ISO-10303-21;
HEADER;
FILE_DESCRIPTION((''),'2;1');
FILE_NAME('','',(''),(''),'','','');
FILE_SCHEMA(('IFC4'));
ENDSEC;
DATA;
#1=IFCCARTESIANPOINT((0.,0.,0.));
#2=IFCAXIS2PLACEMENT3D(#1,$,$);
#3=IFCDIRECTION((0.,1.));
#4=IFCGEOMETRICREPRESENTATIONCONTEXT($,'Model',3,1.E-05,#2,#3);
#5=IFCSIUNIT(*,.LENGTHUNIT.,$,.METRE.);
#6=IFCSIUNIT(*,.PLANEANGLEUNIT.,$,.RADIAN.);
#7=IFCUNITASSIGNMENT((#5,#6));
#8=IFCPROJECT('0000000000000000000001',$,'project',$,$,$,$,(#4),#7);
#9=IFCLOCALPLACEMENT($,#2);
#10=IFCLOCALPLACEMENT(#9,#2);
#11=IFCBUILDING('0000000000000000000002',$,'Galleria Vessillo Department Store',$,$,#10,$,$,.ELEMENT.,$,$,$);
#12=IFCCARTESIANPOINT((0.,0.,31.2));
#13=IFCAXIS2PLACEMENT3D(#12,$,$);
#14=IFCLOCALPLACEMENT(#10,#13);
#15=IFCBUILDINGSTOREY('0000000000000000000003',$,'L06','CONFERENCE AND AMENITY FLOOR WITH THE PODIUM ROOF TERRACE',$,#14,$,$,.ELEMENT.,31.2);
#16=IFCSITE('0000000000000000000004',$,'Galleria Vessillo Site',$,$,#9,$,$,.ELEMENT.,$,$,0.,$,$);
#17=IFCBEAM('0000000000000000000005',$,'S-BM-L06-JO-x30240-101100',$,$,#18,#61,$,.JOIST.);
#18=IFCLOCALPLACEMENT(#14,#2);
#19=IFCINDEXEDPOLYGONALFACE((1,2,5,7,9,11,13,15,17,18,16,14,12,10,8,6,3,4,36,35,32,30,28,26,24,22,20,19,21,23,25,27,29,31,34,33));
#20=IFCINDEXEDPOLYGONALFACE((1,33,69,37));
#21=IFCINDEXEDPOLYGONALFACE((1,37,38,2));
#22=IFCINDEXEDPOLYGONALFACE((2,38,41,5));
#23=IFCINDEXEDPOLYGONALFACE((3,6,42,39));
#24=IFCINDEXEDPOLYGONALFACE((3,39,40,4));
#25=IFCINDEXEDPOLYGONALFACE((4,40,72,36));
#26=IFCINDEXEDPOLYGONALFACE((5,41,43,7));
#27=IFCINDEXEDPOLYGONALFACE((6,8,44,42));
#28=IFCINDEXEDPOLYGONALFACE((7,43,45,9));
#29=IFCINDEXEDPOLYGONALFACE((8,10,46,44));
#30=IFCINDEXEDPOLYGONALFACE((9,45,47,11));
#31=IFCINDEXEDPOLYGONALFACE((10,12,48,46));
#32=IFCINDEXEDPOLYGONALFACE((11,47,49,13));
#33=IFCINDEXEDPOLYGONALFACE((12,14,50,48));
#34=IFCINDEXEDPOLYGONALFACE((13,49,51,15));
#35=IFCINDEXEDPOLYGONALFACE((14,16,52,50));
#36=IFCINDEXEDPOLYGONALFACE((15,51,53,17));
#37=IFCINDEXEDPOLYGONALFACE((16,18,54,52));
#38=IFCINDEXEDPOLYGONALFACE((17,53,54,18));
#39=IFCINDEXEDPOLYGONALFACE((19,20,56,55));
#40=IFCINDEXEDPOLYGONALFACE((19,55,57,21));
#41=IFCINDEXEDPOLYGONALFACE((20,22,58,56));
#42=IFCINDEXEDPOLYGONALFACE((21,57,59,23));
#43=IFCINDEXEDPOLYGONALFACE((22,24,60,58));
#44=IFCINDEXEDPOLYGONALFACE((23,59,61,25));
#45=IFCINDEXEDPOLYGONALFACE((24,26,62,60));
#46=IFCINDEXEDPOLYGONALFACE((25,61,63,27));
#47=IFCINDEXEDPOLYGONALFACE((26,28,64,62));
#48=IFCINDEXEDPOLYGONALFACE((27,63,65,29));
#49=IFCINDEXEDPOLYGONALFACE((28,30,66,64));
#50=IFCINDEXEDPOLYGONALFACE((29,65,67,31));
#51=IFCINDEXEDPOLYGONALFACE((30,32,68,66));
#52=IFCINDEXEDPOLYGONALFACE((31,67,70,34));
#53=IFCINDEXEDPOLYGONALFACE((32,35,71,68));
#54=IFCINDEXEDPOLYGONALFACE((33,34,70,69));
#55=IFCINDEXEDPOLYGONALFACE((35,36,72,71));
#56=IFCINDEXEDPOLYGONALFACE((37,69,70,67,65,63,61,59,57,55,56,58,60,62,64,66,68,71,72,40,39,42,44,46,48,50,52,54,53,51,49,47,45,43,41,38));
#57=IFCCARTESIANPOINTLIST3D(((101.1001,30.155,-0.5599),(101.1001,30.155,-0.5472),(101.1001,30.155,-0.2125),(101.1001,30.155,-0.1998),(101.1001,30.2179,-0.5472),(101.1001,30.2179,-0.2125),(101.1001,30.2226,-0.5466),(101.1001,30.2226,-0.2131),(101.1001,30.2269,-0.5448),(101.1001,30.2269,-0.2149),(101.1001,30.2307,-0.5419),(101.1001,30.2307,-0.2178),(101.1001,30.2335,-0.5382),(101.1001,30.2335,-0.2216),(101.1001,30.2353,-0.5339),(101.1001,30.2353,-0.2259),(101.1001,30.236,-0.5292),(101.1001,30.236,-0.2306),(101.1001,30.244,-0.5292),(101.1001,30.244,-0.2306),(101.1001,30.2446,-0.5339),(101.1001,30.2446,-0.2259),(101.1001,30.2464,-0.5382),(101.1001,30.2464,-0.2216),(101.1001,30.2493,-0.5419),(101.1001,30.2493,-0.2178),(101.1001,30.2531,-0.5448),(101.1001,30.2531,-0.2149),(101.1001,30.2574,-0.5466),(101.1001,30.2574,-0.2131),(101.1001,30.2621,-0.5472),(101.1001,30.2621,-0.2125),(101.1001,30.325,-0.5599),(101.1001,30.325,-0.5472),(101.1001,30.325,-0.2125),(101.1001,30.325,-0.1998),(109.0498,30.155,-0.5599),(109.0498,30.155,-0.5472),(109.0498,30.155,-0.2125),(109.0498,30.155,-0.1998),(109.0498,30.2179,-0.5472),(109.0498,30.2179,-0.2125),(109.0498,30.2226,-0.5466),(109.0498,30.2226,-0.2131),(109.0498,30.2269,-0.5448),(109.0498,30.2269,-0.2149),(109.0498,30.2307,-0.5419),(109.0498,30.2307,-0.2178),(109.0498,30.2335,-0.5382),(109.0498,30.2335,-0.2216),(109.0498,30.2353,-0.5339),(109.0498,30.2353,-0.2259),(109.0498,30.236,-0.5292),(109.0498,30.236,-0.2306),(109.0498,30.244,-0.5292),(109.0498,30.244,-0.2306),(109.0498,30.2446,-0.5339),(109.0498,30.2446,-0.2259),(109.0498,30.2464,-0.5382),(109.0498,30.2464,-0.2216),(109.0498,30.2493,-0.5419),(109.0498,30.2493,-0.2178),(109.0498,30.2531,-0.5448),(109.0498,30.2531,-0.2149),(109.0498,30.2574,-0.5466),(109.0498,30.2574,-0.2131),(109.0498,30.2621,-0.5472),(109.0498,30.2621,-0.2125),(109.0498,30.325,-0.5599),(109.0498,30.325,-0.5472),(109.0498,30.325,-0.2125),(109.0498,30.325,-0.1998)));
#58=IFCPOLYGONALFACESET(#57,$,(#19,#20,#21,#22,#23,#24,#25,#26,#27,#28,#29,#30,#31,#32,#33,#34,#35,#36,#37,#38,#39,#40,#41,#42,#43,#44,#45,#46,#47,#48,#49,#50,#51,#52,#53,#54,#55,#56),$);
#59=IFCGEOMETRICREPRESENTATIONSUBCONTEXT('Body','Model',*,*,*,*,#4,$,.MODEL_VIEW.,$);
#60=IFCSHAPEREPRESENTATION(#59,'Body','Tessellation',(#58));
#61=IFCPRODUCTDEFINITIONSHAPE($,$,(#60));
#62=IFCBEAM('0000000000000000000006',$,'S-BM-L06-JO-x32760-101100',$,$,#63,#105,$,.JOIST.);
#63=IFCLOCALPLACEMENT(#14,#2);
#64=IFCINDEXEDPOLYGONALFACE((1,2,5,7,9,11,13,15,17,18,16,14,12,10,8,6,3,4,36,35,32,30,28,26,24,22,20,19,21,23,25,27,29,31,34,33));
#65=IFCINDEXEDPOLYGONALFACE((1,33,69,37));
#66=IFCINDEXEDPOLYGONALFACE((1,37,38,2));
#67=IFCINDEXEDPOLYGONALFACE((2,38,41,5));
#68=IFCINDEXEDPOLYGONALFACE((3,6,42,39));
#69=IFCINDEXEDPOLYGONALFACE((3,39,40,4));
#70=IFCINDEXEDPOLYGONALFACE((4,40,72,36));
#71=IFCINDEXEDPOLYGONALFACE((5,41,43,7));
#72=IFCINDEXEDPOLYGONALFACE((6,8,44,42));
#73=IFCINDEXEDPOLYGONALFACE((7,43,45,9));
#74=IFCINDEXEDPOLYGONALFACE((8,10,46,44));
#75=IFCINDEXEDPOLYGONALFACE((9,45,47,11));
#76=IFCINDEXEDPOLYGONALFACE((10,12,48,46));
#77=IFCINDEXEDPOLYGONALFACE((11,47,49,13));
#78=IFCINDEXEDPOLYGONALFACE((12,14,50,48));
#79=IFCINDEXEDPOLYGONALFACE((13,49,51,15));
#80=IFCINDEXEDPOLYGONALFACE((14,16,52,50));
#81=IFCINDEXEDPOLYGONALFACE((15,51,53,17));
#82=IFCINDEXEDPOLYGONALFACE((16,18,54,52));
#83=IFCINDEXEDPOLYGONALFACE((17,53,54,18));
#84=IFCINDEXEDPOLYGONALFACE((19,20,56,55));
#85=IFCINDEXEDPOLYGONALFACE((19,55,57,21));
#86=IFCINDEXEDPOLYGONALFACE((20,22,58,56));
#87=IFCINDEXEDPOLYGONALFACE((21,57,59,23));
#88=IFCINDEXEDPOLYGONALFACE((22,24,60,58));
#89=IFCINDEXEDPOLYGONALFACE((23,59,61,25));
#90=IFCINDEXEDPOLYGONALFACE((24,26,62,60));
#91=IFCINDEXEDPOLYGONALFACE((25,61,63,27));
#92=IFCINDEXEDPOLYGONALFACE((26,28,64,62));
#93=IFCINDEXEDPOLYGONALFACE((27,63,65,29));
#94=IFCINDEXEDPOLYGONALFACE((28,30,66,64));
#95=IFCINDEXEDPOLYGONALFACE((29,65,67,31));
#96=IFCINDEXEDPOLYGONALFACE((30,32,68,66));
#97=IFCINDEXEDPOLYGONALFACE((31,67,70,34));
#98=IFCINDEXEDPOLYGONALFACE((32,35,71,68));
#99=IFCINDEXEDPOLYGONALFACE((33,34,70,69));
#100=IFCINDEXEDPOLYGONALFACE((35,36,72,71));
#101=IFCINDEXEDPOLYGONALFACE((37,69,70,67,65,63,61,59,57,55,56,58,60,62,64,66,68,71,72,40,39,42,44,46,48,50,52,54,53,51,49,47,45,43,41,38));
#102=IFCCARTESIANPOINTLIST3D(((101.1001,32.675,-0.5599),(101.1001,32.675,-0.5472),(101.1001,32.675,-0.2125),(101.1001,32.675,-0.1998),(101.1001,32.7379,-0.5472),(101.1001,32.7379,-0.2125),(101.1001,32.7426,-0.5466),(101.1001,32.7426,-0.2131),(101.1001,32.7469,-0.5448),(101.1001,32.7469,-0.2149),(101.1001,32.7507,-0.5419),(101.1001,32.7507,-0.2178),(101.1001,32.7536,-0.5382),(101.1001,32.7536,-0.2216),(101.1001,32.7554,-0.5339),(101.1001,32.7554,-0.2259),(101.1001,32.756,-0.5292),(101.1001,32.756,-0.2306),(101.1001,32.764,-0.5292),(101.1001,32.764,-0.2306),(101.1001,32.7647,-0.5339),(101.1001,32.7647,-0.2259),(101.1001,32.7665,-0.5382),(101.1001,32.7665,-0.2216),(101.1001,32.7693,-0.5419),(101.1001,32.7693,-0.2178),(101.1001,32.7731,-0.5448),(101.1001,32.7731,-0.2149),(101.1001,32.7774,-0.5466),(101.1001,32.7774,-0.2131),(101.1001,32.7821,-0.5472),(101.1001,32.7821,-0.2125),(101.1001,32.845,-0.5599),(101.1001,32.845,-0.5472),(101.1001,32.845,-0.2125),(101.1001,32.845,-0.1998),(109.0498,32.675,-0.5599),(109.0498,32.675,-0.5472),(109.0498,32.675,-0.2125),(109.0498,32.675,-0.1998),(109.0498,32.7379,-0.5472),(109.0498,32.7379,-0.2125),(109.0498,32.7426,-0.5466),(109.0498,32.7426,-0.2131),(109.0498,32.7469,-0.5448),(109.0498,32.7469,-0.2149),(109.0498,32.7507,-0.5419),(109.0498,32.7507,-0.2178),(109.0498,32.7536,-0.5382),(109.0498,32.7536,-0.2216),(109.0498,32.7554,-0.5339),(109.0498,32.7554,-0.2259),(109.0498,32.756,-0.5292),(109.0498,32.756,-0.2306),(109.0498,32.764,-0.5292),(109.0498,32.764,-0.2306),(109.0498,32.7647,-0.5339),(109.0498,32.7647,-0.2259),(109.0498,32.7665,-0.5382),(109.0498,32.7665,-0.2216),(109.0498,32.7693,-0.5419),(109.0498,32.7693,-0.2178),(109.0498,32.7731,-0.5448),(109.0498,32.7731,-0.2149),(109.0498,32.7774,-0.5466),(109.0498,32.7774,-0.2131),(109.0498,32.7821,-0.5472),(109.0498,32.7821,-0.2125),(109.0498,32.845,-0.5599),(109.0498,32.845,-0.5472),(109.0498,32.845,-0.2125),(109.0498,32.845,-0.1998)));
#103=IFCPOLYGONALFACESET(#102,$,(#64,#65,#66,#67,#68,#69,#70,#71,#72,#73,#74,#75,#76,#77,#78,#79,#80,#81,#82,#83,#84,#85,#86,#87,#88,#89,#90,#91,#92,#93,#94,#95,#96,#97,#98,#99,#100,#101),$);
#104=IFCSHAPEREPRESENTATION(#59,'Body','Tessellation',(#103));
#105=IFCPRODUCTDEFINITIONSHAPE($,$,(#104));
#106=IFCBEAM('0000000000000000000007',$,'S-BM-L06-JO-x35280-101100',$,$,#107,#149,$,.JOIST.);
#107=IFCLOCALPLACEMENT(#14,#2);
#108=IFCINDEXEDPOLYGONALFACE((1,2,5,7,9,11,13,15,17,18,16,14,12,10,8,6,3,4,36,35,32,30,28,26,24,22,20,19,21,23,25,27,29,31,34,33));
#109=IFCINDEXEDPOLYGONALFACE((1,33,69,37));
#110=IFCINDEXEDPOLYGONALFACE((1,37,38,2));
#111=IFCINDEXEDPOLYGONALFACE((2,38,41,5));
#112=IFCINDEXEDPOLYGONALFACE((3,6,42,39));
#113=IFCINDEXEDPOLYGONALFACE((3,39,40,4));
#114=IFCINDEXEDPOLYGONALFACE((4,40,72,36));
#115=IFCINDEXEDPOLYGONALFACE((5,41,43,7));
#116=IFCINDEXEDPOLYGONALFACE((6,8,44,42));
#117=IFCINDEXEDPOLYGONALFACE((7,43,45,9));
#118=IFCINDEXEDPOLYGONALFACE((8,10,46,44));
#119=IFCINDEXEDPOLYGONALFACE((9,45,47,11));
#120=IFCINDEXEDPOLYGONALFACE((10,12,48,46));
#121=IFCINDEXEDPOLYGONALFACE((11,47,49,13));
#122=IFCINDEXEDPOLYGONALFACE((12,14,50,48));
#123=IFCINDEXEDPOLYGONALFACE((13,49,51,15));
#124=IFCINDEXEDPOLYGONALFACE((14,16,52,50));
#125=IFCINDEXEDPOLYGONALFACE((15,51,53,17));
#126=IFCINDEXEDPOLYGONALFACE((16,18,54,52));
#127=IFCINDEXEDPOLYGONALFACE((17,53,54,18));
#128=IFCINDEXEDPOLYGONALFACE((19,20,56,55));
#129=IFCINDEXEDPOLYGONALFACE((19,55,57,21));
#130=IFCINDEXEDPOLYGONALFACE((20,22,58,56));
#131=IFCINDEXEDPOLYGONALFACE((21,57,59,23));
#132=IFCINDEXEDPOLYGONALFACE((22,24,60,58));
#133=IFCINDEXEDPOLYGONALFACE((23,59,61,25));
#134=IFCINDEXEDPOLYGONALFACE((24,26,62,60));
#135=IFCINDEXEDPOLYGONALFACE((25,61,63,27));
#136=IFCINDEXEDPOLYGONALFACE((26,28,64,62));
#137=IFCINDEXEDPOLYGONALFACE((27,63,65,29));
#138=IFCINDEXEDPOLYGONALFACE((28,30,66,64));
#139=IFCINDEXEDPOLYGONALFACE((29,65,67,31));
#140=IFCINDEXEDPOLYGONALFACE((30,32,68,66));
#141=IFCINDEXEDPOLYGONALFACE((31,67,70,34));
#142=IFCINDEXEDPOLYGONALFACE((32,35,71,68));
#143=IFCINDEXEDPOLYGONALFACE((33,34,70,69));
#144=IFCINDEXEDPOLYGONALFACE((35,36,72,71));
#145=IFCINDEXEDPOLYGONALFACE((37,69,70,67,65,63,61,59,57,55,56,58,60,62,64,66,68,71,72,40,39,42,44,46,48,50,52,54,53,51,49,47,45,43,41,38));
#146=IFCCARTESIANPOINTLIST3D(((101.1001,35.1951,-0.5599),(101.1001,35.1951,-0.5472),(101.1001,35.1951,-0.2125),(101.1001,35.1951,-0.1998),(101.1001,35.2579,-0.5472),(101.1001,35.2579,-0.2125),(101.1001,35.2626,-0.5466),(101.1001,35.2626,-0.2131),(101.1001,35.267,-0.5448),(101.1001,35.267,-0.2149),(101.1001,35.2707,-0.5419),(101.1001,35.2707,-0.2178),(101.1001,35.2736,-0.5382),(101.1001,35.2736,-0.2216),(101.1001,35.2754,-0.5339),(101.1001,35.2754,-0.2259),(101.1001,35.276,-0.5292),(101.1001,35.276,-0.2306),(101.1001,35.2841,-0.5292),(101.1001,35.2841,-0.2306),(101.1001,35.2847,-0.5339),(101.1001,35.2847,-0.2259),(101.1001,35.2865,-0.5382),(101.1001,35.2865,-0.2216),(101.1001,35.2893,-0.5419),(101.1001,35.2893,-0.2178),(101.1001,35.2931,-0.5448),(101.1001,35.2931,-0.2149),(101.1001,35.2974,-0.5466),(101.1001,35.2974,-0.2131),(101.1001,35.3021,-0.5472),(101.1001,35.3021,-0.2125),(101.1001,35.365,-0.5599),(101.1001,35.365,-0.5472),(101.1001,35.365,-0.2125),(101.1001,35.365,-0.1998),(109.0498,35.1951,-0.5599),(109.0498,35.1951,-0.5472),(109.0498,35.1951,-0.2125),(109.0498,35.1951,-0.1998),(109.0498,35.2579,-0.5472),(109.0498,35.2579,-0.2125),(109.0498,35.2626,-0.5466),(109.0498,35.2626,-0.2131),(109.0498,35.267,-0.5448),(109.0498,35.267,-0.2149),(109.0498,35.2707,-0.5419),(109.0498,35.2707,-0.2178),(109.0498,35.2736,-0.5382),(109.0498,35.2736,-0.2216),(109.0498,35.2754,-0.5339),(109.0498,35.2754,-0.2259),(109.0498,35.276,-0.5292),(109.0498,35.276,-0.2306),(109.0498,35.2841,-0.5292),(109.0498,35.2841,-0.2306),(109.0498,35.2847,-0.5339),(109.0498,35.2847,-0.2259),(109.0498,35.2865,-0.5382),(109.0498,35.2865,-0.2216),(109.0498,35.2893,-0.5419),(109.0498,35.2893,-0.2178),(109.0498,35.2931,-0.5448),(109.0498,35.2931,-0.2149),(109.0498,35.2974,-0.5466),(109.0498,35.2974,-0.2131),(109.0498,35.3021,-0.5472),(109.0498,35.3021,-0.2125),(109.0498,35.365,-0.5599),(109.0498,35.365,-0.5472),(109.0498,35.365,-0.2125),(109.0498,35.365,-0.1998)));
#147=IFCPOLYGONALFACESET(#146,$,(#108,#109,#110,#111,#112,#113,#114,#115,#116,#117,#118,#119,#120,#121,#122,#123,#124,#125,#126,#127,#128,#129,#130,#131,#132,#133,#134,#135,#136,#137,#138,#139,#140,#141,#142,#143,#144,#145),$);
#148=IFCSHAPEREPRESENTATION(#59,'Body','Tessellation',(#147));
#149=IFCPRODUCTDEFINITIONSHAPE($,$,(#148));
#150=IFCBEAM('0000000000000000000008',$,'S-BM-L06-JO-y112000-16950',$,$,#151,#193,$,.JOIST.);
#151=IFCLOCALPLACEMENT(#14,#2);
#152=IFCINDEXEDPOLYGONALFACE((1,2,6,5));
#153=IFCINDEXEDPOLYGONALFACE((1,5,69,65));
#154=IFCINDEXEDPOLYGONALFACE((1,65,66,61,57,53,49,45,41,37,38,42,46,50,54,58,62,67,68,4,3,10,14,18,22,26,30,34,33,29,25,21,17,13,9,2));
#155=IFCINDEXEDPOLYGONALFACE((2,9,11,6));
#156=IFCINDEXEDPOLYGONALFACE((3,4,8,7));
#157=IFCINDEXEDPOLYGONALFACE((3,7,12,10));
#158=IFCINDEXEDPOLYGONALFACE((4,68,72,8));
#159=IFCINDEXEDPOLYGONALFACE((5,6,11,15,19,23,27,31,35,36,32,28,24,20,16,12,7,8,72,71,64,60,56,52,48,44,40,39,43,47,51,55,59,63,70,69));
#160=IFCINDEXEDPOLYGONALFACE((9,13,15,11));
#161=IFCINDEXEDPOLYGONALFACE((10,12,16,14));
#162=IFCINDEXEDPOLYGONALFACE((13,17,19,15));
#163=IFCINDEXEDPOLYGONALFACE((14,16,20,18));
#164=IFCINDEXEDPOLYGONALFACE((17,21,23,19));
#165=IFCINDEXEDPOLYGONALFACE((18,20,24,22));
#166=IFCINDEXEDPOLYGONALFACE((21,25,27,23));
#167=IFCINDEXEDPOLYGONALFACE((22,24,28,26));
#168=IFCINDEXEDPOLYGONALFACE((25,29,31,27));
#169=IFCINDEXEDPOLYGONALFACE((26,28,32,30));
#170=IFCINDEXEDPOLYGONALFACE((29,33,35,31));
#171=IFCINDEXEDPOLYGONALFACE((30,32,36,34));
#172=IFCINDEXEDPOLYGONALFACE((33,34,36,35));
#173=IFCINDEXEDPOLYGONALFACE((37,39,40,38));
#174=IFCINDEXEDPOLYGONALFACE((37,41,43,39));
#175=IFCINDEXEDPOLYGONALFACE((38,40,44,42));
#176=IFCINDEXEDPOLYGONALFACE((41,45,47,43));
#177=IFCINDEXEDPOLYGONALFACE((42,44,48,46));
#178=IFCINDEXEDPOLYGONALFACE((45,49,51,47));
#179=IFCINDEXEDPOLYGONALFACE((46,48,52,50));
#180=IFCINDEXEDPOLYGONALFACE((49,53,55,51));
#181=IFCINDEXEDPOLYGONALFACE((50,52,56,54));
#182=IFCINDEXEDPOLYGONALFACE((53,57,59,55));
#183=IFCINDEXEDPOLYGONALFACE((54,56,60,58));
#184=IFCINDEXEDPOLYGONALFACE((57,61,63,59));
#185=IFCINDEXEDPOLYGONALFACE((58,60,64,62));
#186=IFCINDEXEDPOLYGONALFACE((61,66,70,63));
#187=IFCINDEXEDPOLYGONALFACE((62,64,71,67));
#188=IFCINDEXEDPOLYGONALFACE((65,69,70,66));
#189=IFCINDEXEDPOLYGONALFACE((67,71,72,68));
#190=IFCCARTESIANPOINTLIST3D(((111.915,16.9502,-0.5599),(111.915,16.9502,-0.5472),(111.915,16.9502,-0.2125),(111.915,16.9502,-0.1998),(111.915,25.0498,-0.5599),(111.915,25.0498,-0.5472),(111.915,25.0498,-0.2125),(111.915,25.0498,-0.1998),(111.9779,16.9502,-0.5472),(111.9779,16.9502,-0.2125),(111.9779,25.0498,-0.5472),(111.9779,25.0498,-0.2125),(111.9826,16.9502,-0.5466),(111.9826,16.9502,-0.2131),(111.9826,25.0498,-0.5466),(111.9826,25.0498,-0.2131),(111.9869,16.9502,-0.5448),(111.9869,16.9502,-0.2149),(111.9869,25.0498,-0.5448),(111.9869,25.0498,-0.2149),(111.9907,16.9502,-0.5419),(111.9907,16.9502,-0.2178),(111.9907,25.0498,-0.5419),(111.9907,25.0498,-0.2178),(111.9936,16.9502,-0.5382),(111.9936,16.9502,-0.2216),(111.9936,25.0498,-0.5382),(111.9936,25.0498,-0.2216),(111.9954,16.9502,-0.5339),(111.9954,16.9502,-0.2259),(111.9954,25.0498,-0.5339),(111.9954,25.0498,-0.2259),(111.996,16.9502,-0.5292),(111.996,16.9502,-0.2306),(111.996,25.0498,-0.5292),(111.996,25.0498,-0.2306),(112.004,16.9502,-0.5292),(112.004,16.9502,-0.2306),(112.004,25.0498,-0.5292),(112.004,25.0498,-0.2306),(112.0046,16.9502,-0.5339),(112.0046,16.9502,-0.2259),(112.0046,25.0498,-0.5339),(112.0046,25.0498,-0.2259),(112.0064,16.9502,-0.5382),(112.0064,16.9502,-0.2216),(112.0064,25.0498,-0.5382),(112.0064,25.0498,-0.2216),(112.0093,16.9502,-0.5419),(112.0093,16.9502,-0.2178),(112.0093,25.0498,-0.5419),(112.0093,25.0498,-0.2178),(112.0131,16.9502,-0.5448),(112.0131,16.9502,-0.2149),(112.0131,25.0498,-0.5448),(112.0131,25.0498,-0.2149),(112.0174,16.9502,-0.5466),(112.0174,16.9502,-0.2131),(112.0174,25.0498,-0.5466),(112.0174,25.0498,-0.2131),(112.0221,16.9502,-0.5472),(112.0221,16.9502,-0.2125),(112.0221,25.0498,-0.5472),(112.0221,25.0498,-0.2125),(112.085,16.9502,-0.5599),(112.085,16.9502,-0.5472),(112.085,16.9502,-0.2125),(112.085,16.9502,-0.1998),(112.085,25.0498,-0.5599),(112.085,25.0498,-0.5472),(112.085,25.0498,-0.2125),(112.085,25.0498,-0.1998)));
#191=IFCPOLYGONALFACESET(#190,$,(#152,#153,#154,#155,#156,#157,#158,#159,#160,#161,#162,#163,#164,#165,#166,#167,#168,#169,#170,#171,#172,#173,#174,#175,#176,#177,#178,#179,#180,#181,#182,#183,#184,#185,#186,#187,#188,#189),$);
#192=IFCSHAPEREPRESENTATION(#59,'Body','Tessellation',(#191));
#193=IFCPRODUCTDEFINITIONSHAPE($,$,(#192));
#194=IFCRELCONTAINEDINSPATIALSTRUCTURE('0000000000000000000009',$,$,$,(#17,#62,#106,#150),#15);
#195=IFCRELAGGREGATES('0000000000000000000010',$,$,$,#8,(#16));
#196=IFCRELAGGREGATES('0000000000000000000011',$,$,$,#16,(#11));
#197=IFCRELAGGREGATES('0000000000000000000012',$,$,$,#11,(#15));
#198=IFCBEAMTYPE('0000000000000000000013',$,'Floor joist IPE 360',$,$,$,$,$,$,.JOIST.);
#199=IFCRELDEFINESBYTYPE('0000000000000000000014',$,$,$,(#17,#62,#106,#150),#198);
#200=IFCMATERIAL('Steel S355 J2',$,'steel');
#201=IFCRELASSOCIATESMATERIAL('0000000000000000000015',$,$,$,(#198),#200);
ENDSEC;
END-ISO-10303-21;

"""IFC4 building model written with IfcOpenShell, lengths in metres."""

from ifc_helpers import new_model, si_unit, direction, frame, origin, origin_2d, place, context, subcontext, project, spatial, i_section, extrude, material, material_profile, profile_set, type_object, element, save


model = new_model("IFC4")

# Units and contexts
model_context = context("Model", 3, precision=1e-05, world=origin(), true_north=direction((0.0, 1.0)))
body_context = subcontext(model_context, "Body", "Model", "MODEL_VIEW")
ifc_project = project(units=[si_unit("LENGTHUNIT", "METRE"), si_unit("PLANEANGLEUNIT", "RADIAN")], contexts=[model_context])

# Site, building, storey
site_placement = place(None, origin())
site = spatial("IfcSite", under=ifc_project, at=site_placement, Name="Galleria Vessillo Site", CompositionType="ELEMENT", RefElevation=0.0)
building_placement = place(site_placement, origin())
building = spatial("IfcBuilding", under=site, at=building_placement, Name="Galleria Vessillo Department Store", CompositionType="ELEMENT")
storey_placement = place(building_placement, frame((0.0, 0.0, 31.2)))
storey = spatial("IfcBuildingStorey", under=building, at=storey_placement, Name="L06", Description="CONFERENCE AND AMENITY FLOOR WITH THE PODIUM ROOF TERRACE", CompositionType="ELEMENT", Elevation=31.2)

# Beams
ifc_material_1 = material(Name="Steel S355 J2", Category="steel")
ifc_material_profile_1 = material_profile(ifc_material_1, i_section(OverallWidth=0.1699, OverallDepth=0.3601, WebThickness=0.0081, FlangeThickness=0.0127, FilletRadius=0.0181, at=origin_2d()), Name="IPE 360")
ifc_profile_set_1 = profile_set([ifc_material_profile_1], Name="Steel S355 J2")
beam_type_1 = type_object("IfcBeamType", Name="Floor joist IPE 360", PredefinedType="JOIST", material=ifc_profile_set_1)
for number, where, z_axis, x_axis, name in (
    (1, (101.1001, 30.24, -0.3799), (1.0, 0.0, 0.0), (0.0, 1.0, 0.0), "S-BM-L06-JO-x30240-101100"),
    (2, (101.1001, 32.76, -0.3799), (1.0, 0.0, 0.0), (0.0, 1.0, 0.0), "S-BM-L06-JO-x32760-101100"),
    (3, (101.1001, 35.28, -0.3799), (1.0, 0.0, 0.0), (0.0, 1.0, 0.0), "S-BM-L06-JO-x35280-101100"),
):
    element("IfcBeam", number, at=place(storey_placement, frame(where, z_axis=z_axis, x_axis=x_axis)), inside=storey, type_object=beam_type_1, Name=name, PredefinedType="JOIST", context=body_context, shape_type="SweptSolid", body=[
        extrude(i_section(OverallWidth=0.1699, OverallDepth=0.3601, WebThickness=0.0081, FlangeThickness=0.0127, FilletRadius=0.0181, at=origin_2d()), origin(), (0.0, 0.0, 1.0), 7.9497),
    ])
for number, where, z_axis, x_axis, name in (
    (4, (112.0, 16.9502, -0.3799), (0.0, 1.0, 0.0), (-1.0, 0.0, 0.0), "S-BM-L06-JO-y112000-16950"),
):
    element("IfcBeam", number, at=place(storey_placement, frame(where, z_axis=z_axis, x_axis=x_axis)), inside=storey, type_object=beam_type_1, Name=name, PredefinedType="JOIST", context=body_context, shape_type="SweptSolid", body=[
        extrude(i_section(OverallWidth=0.1699, OverallDepth=0.3601, WebThickness=0.0081, FlangeThickness=0.0127, FilletRadius=0.0181, at=origin_2d()), origin(), (0.0, 0.0, 1.0), 8.0996),
    ])

save(model, "model.ifc")
